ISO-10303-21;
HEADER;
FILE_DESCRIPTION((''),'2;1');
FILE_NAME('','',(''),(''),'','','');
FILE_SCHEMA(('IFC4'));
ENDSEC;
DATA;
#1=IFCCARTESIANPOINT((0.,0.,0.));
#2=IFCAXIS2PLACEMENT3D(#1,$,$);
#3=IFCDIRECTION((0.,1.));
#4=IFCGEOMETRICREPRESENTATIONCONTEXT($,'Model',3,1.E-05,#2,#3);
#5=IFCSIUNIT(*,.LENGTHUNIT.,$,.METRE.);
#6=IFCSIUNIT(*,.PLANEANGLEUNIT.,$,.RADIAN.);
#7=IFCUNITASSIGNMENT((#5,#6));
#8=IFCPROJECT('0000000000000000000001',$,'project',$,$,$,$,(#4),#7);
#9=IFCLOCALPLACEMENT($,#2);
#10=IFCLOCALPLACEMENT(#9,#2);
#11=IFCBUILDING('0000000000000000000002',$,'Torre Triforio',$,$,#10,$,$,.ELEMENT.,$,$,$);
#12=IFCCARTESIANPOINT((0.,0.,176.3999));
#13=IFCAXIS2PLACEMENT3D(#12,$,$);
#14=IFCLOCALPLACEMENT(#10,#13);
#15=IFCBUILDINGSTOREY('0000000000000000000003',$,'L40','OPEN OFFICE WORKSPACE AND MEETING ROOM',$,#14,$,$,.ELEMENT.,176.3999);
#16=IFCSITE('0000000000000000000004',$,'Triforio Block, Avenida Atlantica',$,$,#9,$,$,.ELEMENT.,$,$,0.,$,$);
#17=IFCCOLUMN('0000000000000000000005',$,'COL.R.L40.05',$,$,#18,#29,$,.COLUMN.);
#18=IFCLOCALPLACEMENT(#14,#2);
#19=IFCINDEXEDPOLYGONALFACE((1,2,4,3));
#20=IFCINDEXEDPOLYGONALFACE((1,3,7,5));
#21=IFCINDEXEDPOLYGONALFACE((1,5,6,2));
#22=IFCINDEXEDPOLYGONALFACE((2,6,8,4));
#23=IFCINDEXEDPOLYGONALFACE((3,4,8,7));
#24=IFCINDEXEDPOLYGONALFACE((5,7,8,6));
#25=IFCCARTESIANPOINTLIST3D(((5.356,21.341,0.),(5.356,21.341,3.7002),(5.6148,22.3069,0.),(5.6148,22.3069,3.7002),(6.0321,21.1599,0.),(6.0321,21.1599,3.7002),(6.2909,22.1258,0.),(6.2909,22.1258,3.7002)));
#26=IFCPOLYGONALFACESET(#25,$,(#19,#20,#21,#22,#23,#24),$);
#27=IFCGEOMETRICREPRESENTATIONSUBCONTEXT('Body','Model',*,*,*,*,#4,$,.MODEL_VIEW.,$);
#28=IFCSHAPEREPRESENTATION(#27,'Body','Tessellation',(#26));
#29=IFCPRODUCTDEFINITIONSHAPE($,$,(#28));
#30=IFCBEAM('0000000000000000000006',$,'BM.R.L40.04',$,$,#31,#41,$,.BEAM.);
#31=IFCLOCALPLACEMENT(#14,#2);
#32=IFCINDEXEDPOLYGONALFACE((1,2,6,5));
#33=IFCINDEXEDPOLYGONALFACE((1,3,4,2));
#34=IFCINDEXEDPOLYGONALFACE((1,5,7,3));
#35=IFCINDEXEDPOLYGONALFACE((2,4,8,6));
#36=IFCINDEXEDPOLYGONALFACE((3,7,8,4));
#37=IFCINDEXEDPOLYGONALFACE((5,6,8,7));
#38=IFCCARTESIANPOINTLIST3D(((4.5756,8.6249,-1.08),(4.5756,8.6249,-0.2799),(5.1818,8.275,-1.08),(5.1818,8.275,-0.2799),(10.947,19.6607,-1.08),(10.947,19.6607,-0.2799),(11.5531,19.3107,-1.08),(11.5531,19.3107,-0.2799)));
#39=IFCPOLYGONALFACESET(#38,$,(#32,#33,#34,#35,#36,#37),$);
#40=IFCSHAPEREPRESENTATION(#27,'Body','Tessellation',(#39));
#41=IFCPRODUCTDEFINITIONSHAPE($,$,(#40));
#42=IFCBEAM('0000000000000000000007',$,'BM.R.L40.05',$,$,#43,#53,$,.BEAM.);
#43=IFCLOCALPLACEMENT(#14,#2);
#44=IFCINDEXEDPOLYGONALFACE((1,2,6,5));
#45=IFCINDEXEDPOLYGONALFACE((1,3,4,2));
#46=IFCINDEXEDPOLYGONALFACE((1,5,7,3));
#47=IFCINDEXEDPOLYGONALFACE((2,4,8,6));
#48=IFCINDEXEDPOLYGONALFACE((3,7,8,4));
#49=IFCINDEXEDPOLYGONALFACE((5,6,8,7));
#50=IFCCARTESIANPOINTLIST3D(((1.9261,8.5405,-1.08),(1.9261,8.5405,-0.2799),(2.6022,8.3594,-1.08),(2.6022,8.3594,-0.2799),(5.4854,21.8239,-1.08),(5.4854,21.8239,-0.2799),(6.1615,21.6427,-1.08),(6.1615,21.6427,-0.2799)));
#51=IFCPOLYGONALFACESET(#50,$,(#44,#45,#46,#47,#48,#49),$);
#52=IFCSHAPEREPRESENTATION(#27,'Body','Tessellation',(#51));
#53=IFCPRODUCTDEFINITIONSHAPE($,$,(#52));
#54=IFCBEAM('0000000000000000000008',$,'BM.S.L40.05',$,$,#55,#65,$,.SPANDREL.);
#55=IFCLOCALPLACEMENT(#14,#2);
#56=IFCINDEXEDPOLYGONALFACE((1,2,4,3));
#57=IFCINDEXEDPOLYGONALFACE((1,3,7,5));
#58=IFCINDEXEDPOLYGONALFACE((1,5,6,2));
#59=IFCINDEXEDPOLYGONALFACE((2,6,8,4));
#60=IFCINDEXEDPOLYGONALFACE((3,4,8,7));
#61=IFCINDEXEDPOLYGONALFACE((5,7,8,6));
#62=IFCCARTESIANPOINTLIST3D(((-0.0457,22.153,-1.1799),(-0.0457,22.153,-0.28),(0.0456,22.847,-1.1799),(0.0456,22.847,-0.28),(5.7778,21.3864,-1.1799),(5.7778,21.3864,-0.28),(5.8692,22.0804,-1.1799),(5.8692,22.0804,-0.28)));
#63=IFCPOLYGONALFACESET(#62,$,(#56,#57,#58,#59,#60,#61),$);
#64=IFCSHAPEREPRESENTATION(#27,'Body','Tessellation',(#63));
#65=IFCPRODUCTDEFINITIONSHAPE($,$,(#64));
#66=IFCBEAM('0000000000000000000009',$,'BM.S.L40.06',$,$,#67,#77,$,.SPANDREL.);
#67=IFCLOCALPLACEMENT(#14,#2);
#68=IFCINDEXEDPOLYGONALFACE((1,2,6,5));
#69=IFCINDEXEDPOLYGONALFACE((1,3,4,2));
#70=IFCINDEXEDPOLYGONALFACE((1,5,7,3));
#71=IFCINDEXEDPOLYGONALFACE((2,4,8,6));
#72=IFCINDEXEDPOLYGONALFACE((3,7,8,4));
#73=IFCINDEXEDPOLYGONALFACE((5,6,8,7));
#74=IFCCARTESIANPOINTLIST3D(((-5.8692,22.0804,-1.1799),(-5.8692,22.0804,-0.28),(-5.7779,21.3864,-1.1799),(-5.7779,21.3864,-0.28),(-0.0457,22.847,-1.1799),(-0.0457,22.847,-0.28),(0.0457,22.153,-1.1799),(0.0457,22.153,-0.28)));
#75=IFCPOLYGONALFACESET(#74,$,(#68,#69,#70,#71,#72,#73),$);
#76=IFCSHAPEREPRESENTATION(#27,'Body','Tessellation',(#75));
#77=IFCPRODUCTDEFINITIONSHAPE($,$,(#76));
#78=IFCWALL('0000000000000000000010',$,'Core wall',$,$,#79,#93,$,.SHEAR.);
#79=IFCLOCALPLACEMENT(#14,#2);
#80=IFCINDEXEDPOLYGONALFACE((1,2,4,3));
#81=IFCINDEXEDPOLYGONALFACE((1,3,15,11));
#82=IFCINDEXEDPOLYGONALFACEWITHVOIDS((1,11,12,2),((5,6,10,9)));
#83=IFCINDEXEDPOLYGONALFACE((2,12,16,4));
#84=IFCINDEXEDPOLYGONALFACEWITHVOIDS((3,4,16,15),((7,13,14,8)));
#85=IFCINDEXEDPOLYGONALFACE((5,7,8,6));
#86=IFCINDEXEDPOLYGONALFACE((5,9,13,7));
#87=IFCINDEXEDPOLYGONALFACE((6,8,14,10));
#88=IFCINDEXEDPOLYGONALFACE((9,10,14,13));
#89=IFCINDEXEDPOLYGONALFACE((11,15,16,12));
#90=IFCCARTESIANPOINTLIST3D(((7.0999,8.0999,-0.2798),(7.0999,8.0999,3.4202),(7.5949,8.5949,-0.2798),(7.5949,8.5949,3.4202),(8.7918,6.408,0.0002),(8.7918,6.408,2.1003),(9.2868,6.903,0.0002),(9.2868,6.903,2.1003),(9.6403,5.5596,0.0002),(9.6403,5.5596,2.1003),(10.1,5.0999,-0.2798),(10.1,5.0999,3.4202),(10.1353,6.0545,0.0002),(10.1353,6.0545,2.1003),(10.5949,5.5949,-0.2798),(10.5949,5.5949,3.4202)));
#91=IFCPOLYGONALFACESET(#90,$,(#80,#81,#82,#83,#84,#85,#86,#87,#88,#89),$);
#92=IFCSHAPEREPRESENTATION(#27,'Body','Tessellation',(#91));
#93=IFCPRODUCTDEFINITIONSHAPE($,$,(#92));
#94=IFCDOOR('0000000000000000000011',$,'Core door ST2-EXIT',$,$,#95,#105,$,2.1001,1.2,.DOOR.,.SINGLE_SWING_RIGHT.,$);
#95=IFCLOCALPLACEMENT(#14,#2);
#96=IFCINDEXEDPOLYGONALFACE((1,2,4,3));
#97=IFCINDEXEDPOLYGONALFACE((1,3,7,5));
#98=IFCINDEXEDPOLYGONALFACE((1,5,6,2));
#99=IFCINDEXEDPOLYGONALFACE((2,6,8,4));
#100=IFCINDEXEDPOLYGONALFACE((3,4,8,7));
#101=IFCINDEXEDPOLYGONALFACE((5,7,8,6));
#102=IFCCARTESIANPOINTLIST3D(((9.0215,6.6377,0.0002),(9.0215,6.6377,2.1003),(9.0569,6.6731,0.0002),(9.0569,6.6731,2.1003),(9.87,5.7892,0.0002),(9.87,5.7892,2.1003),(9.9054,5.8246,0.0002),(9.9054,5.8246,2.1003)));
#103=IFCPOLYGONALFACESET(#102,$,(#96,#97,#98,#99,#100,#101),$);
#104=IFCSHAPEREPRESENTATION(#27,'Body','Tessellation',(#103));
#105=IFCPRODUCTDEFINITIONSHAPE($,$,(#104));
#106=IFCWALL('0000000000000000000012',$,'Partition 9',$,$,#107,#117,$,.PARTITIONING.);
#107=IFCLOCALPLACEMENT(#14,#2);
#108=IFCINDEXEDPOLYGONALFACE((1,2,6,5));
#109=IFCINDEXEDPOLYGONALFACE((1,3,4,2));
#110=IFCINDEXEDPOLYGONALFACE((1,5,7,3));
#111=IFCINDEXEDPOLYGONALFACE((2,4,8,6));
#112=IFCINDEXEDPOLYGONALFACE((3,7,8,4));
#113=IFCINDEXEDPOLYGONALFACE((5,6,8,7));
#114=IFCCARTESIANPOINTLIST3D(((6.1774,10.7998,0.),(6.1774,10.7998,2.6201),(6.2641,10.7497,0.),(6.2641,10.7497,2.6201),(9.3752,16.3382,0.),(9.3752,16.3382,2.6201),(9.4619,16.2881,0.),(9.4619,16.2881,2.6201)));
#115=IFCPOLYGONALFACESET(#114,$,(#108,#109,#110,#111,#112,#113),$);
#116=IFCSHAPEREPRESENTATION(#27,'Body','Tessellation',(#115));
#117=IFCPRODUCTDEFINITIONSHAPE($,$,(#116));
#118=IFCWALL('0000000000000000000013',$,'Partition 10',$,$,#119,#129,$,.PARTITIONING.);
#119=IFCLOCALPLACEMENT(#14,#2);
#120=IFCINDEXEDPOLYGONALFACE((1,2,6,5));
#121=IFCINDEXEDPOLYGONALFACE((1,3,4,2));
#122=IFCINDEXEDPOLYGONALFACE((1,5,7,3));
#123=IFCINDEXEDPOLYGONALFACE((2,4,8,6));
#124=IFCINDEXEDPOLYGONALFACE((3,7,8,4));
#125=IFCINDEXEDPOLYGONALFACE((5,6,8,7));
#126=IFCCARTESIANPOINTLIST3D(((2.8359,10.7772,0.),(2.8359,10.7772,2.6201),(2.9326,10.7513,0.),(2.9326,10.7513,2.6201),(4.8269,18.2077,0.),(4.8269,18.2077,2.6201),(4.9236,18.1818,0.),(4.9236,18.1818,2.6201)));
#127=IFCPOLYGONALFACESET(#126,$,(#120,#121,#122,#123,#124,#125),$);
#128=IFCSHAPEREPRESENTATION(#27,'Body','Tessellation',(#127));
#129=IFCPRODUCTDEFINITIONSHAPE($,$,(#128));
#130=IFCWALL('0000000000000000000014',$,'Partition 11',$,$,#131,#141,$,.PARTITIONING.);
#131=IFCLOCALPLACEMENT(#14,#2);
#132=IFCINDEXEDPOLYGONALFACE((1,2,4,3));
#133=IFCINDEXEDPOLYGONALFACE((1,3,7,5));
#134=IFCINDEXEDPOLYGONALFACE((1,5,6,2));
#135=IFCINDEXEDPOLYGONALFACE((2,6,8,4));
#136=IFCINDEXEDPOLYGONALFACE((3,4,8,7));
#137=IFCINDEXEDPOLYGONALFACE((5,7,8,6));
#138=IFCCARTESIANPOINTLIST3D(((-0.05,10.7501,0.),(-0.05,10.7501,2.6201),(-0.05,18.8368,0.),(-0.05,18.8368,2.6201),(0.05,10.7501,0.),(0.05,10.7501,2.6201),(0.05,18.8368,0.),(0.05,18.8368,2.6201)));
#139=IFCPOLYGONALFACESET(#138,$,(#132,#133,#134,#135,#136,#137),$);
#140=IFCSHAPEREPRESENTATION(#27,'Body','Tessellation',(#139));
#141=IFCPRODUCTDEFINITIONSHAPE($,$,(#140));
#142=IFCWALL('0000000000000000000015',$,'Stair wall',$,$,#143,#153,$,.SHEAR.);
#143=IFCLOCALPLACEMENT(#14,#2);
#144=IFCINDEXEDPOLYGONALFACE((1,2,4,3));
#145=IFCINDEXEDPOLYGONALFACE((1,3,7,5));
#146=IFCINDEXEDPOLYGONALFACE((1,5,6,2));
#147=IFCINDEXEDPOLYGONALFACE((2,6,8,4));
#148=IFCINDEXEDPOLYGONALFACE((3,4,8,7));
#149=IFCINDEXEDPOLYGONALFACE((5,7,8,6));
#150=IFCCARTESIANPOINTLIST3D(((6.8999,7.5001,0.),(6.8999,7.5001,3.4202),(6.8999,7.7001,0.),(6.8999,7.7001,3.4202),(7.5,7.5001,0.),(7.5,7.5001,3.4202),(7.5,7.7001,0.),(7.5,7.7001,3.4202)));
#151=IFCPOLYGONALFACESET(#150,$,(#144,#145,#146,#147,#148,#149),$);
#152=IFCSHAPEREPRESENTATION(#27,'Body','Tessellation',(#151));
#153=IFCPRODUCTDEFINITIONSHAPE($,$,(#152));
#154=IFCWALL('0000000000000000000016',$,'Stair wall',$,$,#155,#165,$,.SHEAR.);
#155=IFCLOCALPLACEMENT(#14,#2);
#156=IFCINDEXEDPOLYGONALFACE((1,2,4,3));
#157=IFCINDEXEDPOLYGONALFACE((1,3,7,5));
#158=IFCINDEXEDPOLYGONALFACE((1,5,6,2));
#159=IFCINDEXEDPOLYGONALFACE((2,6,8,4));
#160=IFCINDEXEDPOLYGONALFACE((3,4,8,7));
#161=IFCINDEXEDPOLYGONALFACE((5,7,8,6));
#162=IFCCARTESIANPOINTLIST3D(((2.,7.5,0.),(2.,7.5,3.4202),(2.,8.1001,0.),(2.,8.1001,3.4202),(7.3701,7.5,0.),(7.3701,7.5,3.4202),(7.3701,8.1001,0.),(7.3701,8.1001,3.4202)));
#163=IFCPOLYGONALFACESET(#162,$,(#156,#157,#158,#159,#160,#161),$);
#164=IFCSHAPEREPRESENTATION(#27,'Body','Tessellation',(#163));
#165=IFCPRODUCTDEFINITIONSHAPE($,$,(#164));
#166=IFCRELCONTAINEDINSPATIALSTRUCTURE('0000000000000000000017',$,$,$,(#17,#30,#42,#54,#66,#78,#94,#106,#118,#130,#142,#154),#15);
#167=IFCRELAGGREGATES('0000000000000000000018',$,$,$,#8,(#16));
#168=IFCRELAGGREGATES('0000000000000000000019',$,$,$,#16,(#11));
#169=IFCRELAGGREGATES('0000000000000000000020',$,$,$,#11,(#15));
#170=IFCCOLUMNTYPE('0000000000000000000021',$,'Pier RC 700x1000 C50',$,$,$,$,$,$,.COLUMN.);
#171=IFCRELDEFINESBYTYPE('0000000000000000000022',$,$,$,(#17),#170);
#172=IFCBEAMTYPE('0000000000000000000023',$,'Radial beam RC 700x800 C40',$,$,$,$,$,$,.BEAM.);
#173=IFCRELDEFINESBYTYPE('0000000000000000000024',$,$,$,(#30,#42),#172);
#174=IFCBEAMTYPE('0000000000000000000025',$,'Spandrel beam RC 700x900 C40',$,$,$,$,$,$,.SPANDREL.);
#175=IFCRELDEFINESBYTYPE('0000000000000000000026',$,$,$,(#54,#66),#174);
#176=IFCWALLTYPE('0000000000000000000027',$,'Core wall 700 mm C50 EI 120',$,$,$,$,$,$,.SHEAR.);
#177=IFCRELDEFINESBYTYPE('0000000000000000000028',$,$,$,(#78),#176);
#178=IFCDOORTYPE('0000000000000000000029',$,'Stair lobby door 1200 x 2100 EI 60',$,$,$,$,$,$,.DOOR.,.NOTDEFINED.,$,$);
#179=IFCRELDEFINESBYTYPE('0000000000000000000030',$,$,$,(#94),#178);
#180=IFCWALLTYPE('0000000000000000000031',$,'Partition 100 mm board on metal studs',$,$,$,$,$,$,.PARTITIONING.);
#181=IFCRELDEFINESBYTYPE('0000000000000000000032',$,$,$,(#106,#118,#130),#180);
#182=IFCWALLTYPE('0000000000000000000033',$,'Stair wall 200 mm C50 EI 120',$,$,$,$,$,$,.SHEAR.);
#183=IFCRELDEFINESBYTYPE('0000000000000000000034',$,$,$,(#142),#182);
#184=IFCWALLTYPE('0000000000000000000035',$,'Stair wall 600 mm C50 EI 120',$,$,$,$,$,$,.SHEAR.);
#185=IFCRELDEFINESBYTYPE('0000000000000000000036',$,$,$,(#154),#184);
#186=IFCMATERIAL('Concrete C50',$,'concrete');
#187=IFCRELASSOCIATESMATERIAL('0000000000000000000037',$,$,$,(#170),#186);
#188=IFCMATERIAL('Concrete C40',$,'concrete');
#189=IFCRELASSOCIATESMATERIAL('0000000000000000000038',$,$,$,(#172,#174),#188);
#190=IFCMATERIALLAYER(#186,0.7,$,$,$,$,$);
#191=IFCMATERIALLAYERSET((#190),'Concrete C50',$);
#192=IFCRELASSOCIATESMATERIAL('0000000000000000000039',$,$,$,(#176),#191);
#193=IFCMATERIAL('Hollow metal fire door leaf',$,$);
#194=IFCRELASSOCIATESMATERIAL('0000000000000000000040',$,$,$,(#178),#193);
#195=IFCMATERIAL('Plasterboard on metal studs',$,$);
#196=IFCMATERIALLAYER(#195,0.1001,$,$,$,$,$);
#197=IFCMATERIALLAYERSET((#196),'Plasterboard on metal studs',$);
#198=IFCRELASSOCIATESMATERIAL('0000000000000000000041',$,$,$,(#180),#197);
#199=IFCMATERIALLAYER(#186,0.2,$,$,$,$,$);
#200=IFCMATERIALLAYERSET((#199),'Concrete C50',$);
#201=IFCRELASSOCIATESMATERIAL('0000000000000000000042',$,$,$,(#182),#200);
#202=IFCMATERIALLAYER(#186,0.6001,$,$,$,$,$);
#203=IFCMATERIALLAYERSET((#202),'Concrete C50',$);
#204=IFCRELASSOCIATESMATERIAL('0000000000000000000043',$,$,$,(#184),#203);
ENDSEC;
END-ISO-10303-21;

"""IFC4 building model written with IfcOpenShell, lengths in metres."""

from ifc_helpers import new_model, si_unit, direction, frame, frame_2d, origin, origin_2d, place, context, subcontext, project, spatial, rectangle, extrude, material, layer, layer_set, material_profile, profile_set, type_object, element, fill, save


model = new_model("IFC4")

# Units and contexts
model_context = context("Model", 3, precision=1e-05, world=origin(), true_north=direction((0.0, 1.0)))
body_context = subcontext(model_context, "Body", "Model", "MODEL_VIEW")
ifc_project = project(units=[si_unit("LENGTHUNIT", "METRE"), si_unit("PLANEANGLEUNIT", "RADIAN")], contexts=[model_context])

# Site, building, storey
site_placement = place(None, origin())
site = spatial("IfcSite", under=ifc_project, at=site_placement, Name="Triforio Block, Avenida Atlantica", CompositionType="ELEMENT", RefElevation=0.0)
building_placement = place(site_placement, origin())
building = spatial("IfcBuilding", under=site, at=building_placement, Name="Torre Triforio", CompositionType="ELEMENT")
storey_placement = place(building_placement, frame((0.0, 0.0, 176.3999)))
storey = spatial("IfcBuildingStorey", under=building, at=storey_placement, Name="L40", Description="OPEN OFFICE WORKSPACE AND MEETING ROOM", CompositionType="ELEMENT", Elevation=176.3999)

# Column
ifc_material_1 = material(Name="Concrete C50", Category="concrete")
ifc_material_profile_1 = material_profile(ifc_material_1, rectangle(XDim=0.7, YDim=1.0, at=origin_2d()), Name="RC 700x1000")
ifc_profile_set_1 = profile_set([ifc_material_profile_1], Name="Concrete C50")
column_type = type_object("IfcColumnType", Name="Pier RC 700x1000 C50", PredefinedType="COLUMN", material=ifc_profile_set_1)
column_placement = place(storey_placement, frame((5.8235, 21.7334, 0.0), z_axis=(0.0, 0.0, 1.0), x_axis=(-0.965926, 0.258819, 0.0)))
element("IfcColumn", 1, at=column_placement, inside=storey, type_object=column_type, Name="COL.R.L40.05", PredefinedType="COLUMN", context=body_context, shape_type="SweptSolid", body=[
    extrude(rectangle(XDim=0.7, YDim=1.0, at=origin_2d()), origin(), (0.0, 0.0, 1.0), 3.7002),
])

# Beams
ifc_material_2 = material(Name="Concrete C40", Category="concrete")
ifc_material_profile_2 = material_profile(ifc_material_2, rectangle(XDim=0.7, YDim=0.8, at=origin_2d()), Name="RC 700x800")
ifc_profile_set_2 = profile_set([ifc_material_profile_2], Name="Concrete C40")
beam_type_1 = type_object("IfcBeamType", Name="Radial beam RC 700x800 C40", PredefinedType="BEAM", material=ifc_profile_set_2)
beam_1_placement = place(storey_placement, frame((4.8787, 8.45, -0.6799), z_axis=(0.499994, 0.866029, 0.0), x_axis=(-0.866029, 0.499994, 0.0)))
element("IfcBeam", 2, at=beam_1_placement, inside=storey, type_object=beam_type_1, Name="BM.R.L40.04", PredefinedType="BEAM", context=body_context, shape_type="SweptSolid", body=[
    extrude(rectangle(XDim=0.7, YDim=0.8, at=origin_2d()), origin(), (0.0, 0.0, 1.0), 12.7429),
])
beam_2_placement = place(storey_placement, frame((2.2642, 8.45, -0.6799), z_axis=(0.258822, 0.965925, 0.0), x_axis=(-0.965925, 0.258822, 0.0)))
element("IfcBeam", 3, at=beam_2_placement, inside=storey, type_object=beam_type_1, Name="BM.R.L40.05", PredefinedType="BEAM", context=body_context, shape_type="SweptSolid", body=[
    extrude(rectangle(XDim=0.7, YDim=0.8, at=origin_2d()), origin(), (0.0, 0.0, 1.0), 13.752),
])
ifc_material_profile_3 = material_profile(ifc_material_2, rectangle(XDim=0.7, YDim=0.8999, at=origin_2d()), Name="RC 700x900")
ifc_profile_set_3 = profile_set([ifc_material_profile_3], Name="Concrete C40")
beam_type_2 = type_object("IfcBeamType", Name="Spandrel beam RC 700x900 C40", PredefinedType="SPANDREL", material=ifc_profile_set_3)
for number, where, z_axis, x_axis, name in (
    (4, (5.8235, 21.7334, -0.73), (-0.991447, 0.130514, 0.0), (-0.130514, -0.991447, 0.0), "BM.S.L40.05"),
    (5, (0.0, 22.5, -0.73), (-0.991447, -0.130514, 0.0), (0.130514, -0.991447, 0.0), "BM.S.L40.06"),
):
    element("IfcBeam", number, at=place(storey_placement, frame(where, z_axis=z_axis, x_axis=x_axis)), inside=storey, type_object=beam_type_2, Name=name, PredefinedType="SPANDREL", context=body_context, shape_type="SweptSolid", body=[
        extrude(rectangle(XDim=0.7, YDim=0.8999, at=origin_2d()), origin(), (0.0, 0.0, 1.0), 5.8738),
    ])

# Wall, opening, door
ifc_layer_1 = layer(ifc_material_1, 0.7)
ifc_layer_set_1 = layer_set([ifc_layer_1], Name="Concrete C50")
wall_type_1 = type_object("IfcWallType", Name="Core wall 700 mm C50 EI 120", PredefinedType="SHEAR", material=ifc_layer_set_1)
wall_1_placement = place(storey_placement, frame((7.3474, 8.3474, -0.2798), z_axis=(0.0, 0.0, 1.0), x_axis=(0.707107, -0.707107, 0.0)))
wall_1 = element("IfcWall", 6, at=wall_1_placement, inside=storey, type_object=wall_type_1, Name="Core wall", PredefinedType="SHEAR", context=body_context, shape_type="SweptSolid", body=[
    extrude(rectangle(XDim=4.2427, YDim=0.7, at=frame_2d((2.1213, 0.0))), origin(), (0.0, 0.0, 1.0), 3.7),
])
opening_1_placement = place(wall_1_placement, frame((2.3926, 0.0, 0.28)))
opening_1 = element("IfcOpeningElement", 7, at=opening_1_placement, cuts=wall_1, PredefinedType="OPENING", context=body_context, shape_type="SweptSolid", body=[
    extrude(rectangle(XDim=1.2, YDim=2.1001, at=frame_2d((0.6001, 1.05))), frame((0.0, 0.3599, 0.0), z_axis=(0.0, -1.0, 0.0), x_axis=(1.0, 0.0, 0.0)), (0.0, 0.0, 1.0), 0.72),
])
ifc_material_3 = material(Name="Hollow metal fire door leaf")
door_type_1 = type_object("IfcDoorType", Name="Stair lobby door 1200 x 2100 EI 60", OperationType="NOTDEFINED", PredefinedType="DOOR", material=ifc_material_3)
door_1_placement = place(opening_1_placement, origin())
door_1 = element("IfcDoor", 8, at=door_1_placement, inside=storey, type_object=door_type_1, Name="Core door ST2-EXIT", OperationType="SINGLE_SWING_RIGHT", OverallHeight=2.1001, OverallWidth=1.2, PredefinedType="DOOR", context=body_context, shape_type="SweptSolid", body=[
    extrude(rectangle(XDim=1.2, YDim=2.1001, at=frame_2d((0.6001, 1.05))), frame((0.0, 0.0249, 0.0), z_axis=(0.0, -1.0, 0.0), x_axis=(1.0, 0.0, 0.0)), (0.0, 0.0, 1.0), 0.05),
])
fill(opening_1, door_1)

# Walls
ifc_material_4 = material(Name="Plasterboard on metal studs")
ifc_layer_2 = layer(ifc_material_4, 0.1001)
ifc_layer_set_2 = layer_set([ifc_layer_2], Name="Plasterboard on metal studs")
wall_type_2 = type_object("IfcWallType", Name="Partition 100 mm board on metal studs", PredefinedType="PARTITIONING", material=ifc_layer_set_2)
wall_2_placement = place(storey_placement, frame((6.2207, 10.7747, 0.0), z_axis=(0.0, 0.0, 1.0), x_axis=(0.500023, 0.866012, 0.0)))
element("IfcWall", 9, at=wall_2_placement, inside=storey, type_object=wall_type_2, Name="Partition 9", PredefinedType="PARTITIONING", context=body_context, shape_type="SweptSolid", body=[
    extrude(rectangle(XDim=6.3953, YDim=0.1001, at=frame_2d((3.1978, 0.0))), origin(), (0.0, 0.0, 1.0), 2.6201),
])
wall_3_placement = place(storey_placement, frame((2.8843, 10.7644, 0.0), z_axis=(0.0, 0.0, 1.0), x_axis=(0.258818, 0.965926, 0.0)))
element("IfcWall", 10, at=wall_3_placement, inside=storey, type_object=wall_type_2, Name="Partition 10", PredefinedType="PARTITIONING", context=body_context, shape_type="SweptSolid", body=[
    extrude(rectangle(XDim=7.6926, YDim=0.1001, at=frame_2d((3.8462, 0.0))), origin(), (0.0, 0.0, 1.0), 2.6201),
])
wall_4_placement = place(storey_placement, frame((0.0, 10.75, 0.0), z_axis=(0.0, 0.0, 1.0), x_axis=(0.0, 1.0, 0.0)))
element("IfcWall", 11, at=wall_4_placement, inside=storey, type_object=wall_type_2, Name="Partition 11", PredefinedType="PARTITIONING", context=body_context, shape_type="SweptSolid", body=[
    extrude(rectangle(XDim=8.0867, YDim=0.1001, at=frame_2d((4.0435, 0.0))), origin(), (0.0, 0.0, 1.0), 2.6201),
])
ifc_layer_3 = layer(ifc_material_1, 0.2)
ifc_layer_set_3 = layer_set([ifc_layer_3], Name="Concrete C50")
wall_type_3 = type_object("IfcWallType", Name="Stair wall 200 mm C50 EI 120", PredefinedType="SHEAR", material=ifc_layer_set_3)
wall_5_placement = place(storey_placement, frame((6.8999, 7.6001, 0.0), z_axis=(0.0, 0.0, 1.0), x_axis=(1.0, 0.0, 0.0)))
element("IfcWall", 12, at=wall_5_placement, inside=storey, type_object=wall_type_3, Name="Stair wall", PredefinedType="SHEAR", context=body_context, shape_type="SweptSolid", body=[
    extrude(rectangle(XDim=0.6001, YDim=0.2, at=frame_2d((0.3, 0.0))), origin(), (0.0, 0.0, 1.0), 3.4202),
])
ifc_layer_4 = layer(ifc_material_1, 0.6001)
ifc_layer_set_4 = layer_set([ifc_layer_4], Name="Concrete C50")
wall_type_4 = type_object("IfcWallType", Name="Stair wall 600 mm C50 EI 120", PredefinedType="SHEAR", material=ifc_layer_set_4)
wall_6_placement = place(storey_placement, frame((2.0, 7.8, 0.0), z_axis=(0.0, 0.0, 1.0), x_axis=(1.0, 0.0, 0.0)))
element("IfcWall", 13, at=wall_6_placement, inside=storey, type_object=wall_type_4, Name="Stair wall", PredefinedType="SHEAR", context=body_context, shape_type="SweptSolid", body=[
    extrude(rectangle(XDim=5.3701, YDim=0.6001, at=frame_2d((2.6851, 0.0))), origin(), (0.0, 0.0, 1.0), 3.4202),
])

save(model, "model.ifc")
